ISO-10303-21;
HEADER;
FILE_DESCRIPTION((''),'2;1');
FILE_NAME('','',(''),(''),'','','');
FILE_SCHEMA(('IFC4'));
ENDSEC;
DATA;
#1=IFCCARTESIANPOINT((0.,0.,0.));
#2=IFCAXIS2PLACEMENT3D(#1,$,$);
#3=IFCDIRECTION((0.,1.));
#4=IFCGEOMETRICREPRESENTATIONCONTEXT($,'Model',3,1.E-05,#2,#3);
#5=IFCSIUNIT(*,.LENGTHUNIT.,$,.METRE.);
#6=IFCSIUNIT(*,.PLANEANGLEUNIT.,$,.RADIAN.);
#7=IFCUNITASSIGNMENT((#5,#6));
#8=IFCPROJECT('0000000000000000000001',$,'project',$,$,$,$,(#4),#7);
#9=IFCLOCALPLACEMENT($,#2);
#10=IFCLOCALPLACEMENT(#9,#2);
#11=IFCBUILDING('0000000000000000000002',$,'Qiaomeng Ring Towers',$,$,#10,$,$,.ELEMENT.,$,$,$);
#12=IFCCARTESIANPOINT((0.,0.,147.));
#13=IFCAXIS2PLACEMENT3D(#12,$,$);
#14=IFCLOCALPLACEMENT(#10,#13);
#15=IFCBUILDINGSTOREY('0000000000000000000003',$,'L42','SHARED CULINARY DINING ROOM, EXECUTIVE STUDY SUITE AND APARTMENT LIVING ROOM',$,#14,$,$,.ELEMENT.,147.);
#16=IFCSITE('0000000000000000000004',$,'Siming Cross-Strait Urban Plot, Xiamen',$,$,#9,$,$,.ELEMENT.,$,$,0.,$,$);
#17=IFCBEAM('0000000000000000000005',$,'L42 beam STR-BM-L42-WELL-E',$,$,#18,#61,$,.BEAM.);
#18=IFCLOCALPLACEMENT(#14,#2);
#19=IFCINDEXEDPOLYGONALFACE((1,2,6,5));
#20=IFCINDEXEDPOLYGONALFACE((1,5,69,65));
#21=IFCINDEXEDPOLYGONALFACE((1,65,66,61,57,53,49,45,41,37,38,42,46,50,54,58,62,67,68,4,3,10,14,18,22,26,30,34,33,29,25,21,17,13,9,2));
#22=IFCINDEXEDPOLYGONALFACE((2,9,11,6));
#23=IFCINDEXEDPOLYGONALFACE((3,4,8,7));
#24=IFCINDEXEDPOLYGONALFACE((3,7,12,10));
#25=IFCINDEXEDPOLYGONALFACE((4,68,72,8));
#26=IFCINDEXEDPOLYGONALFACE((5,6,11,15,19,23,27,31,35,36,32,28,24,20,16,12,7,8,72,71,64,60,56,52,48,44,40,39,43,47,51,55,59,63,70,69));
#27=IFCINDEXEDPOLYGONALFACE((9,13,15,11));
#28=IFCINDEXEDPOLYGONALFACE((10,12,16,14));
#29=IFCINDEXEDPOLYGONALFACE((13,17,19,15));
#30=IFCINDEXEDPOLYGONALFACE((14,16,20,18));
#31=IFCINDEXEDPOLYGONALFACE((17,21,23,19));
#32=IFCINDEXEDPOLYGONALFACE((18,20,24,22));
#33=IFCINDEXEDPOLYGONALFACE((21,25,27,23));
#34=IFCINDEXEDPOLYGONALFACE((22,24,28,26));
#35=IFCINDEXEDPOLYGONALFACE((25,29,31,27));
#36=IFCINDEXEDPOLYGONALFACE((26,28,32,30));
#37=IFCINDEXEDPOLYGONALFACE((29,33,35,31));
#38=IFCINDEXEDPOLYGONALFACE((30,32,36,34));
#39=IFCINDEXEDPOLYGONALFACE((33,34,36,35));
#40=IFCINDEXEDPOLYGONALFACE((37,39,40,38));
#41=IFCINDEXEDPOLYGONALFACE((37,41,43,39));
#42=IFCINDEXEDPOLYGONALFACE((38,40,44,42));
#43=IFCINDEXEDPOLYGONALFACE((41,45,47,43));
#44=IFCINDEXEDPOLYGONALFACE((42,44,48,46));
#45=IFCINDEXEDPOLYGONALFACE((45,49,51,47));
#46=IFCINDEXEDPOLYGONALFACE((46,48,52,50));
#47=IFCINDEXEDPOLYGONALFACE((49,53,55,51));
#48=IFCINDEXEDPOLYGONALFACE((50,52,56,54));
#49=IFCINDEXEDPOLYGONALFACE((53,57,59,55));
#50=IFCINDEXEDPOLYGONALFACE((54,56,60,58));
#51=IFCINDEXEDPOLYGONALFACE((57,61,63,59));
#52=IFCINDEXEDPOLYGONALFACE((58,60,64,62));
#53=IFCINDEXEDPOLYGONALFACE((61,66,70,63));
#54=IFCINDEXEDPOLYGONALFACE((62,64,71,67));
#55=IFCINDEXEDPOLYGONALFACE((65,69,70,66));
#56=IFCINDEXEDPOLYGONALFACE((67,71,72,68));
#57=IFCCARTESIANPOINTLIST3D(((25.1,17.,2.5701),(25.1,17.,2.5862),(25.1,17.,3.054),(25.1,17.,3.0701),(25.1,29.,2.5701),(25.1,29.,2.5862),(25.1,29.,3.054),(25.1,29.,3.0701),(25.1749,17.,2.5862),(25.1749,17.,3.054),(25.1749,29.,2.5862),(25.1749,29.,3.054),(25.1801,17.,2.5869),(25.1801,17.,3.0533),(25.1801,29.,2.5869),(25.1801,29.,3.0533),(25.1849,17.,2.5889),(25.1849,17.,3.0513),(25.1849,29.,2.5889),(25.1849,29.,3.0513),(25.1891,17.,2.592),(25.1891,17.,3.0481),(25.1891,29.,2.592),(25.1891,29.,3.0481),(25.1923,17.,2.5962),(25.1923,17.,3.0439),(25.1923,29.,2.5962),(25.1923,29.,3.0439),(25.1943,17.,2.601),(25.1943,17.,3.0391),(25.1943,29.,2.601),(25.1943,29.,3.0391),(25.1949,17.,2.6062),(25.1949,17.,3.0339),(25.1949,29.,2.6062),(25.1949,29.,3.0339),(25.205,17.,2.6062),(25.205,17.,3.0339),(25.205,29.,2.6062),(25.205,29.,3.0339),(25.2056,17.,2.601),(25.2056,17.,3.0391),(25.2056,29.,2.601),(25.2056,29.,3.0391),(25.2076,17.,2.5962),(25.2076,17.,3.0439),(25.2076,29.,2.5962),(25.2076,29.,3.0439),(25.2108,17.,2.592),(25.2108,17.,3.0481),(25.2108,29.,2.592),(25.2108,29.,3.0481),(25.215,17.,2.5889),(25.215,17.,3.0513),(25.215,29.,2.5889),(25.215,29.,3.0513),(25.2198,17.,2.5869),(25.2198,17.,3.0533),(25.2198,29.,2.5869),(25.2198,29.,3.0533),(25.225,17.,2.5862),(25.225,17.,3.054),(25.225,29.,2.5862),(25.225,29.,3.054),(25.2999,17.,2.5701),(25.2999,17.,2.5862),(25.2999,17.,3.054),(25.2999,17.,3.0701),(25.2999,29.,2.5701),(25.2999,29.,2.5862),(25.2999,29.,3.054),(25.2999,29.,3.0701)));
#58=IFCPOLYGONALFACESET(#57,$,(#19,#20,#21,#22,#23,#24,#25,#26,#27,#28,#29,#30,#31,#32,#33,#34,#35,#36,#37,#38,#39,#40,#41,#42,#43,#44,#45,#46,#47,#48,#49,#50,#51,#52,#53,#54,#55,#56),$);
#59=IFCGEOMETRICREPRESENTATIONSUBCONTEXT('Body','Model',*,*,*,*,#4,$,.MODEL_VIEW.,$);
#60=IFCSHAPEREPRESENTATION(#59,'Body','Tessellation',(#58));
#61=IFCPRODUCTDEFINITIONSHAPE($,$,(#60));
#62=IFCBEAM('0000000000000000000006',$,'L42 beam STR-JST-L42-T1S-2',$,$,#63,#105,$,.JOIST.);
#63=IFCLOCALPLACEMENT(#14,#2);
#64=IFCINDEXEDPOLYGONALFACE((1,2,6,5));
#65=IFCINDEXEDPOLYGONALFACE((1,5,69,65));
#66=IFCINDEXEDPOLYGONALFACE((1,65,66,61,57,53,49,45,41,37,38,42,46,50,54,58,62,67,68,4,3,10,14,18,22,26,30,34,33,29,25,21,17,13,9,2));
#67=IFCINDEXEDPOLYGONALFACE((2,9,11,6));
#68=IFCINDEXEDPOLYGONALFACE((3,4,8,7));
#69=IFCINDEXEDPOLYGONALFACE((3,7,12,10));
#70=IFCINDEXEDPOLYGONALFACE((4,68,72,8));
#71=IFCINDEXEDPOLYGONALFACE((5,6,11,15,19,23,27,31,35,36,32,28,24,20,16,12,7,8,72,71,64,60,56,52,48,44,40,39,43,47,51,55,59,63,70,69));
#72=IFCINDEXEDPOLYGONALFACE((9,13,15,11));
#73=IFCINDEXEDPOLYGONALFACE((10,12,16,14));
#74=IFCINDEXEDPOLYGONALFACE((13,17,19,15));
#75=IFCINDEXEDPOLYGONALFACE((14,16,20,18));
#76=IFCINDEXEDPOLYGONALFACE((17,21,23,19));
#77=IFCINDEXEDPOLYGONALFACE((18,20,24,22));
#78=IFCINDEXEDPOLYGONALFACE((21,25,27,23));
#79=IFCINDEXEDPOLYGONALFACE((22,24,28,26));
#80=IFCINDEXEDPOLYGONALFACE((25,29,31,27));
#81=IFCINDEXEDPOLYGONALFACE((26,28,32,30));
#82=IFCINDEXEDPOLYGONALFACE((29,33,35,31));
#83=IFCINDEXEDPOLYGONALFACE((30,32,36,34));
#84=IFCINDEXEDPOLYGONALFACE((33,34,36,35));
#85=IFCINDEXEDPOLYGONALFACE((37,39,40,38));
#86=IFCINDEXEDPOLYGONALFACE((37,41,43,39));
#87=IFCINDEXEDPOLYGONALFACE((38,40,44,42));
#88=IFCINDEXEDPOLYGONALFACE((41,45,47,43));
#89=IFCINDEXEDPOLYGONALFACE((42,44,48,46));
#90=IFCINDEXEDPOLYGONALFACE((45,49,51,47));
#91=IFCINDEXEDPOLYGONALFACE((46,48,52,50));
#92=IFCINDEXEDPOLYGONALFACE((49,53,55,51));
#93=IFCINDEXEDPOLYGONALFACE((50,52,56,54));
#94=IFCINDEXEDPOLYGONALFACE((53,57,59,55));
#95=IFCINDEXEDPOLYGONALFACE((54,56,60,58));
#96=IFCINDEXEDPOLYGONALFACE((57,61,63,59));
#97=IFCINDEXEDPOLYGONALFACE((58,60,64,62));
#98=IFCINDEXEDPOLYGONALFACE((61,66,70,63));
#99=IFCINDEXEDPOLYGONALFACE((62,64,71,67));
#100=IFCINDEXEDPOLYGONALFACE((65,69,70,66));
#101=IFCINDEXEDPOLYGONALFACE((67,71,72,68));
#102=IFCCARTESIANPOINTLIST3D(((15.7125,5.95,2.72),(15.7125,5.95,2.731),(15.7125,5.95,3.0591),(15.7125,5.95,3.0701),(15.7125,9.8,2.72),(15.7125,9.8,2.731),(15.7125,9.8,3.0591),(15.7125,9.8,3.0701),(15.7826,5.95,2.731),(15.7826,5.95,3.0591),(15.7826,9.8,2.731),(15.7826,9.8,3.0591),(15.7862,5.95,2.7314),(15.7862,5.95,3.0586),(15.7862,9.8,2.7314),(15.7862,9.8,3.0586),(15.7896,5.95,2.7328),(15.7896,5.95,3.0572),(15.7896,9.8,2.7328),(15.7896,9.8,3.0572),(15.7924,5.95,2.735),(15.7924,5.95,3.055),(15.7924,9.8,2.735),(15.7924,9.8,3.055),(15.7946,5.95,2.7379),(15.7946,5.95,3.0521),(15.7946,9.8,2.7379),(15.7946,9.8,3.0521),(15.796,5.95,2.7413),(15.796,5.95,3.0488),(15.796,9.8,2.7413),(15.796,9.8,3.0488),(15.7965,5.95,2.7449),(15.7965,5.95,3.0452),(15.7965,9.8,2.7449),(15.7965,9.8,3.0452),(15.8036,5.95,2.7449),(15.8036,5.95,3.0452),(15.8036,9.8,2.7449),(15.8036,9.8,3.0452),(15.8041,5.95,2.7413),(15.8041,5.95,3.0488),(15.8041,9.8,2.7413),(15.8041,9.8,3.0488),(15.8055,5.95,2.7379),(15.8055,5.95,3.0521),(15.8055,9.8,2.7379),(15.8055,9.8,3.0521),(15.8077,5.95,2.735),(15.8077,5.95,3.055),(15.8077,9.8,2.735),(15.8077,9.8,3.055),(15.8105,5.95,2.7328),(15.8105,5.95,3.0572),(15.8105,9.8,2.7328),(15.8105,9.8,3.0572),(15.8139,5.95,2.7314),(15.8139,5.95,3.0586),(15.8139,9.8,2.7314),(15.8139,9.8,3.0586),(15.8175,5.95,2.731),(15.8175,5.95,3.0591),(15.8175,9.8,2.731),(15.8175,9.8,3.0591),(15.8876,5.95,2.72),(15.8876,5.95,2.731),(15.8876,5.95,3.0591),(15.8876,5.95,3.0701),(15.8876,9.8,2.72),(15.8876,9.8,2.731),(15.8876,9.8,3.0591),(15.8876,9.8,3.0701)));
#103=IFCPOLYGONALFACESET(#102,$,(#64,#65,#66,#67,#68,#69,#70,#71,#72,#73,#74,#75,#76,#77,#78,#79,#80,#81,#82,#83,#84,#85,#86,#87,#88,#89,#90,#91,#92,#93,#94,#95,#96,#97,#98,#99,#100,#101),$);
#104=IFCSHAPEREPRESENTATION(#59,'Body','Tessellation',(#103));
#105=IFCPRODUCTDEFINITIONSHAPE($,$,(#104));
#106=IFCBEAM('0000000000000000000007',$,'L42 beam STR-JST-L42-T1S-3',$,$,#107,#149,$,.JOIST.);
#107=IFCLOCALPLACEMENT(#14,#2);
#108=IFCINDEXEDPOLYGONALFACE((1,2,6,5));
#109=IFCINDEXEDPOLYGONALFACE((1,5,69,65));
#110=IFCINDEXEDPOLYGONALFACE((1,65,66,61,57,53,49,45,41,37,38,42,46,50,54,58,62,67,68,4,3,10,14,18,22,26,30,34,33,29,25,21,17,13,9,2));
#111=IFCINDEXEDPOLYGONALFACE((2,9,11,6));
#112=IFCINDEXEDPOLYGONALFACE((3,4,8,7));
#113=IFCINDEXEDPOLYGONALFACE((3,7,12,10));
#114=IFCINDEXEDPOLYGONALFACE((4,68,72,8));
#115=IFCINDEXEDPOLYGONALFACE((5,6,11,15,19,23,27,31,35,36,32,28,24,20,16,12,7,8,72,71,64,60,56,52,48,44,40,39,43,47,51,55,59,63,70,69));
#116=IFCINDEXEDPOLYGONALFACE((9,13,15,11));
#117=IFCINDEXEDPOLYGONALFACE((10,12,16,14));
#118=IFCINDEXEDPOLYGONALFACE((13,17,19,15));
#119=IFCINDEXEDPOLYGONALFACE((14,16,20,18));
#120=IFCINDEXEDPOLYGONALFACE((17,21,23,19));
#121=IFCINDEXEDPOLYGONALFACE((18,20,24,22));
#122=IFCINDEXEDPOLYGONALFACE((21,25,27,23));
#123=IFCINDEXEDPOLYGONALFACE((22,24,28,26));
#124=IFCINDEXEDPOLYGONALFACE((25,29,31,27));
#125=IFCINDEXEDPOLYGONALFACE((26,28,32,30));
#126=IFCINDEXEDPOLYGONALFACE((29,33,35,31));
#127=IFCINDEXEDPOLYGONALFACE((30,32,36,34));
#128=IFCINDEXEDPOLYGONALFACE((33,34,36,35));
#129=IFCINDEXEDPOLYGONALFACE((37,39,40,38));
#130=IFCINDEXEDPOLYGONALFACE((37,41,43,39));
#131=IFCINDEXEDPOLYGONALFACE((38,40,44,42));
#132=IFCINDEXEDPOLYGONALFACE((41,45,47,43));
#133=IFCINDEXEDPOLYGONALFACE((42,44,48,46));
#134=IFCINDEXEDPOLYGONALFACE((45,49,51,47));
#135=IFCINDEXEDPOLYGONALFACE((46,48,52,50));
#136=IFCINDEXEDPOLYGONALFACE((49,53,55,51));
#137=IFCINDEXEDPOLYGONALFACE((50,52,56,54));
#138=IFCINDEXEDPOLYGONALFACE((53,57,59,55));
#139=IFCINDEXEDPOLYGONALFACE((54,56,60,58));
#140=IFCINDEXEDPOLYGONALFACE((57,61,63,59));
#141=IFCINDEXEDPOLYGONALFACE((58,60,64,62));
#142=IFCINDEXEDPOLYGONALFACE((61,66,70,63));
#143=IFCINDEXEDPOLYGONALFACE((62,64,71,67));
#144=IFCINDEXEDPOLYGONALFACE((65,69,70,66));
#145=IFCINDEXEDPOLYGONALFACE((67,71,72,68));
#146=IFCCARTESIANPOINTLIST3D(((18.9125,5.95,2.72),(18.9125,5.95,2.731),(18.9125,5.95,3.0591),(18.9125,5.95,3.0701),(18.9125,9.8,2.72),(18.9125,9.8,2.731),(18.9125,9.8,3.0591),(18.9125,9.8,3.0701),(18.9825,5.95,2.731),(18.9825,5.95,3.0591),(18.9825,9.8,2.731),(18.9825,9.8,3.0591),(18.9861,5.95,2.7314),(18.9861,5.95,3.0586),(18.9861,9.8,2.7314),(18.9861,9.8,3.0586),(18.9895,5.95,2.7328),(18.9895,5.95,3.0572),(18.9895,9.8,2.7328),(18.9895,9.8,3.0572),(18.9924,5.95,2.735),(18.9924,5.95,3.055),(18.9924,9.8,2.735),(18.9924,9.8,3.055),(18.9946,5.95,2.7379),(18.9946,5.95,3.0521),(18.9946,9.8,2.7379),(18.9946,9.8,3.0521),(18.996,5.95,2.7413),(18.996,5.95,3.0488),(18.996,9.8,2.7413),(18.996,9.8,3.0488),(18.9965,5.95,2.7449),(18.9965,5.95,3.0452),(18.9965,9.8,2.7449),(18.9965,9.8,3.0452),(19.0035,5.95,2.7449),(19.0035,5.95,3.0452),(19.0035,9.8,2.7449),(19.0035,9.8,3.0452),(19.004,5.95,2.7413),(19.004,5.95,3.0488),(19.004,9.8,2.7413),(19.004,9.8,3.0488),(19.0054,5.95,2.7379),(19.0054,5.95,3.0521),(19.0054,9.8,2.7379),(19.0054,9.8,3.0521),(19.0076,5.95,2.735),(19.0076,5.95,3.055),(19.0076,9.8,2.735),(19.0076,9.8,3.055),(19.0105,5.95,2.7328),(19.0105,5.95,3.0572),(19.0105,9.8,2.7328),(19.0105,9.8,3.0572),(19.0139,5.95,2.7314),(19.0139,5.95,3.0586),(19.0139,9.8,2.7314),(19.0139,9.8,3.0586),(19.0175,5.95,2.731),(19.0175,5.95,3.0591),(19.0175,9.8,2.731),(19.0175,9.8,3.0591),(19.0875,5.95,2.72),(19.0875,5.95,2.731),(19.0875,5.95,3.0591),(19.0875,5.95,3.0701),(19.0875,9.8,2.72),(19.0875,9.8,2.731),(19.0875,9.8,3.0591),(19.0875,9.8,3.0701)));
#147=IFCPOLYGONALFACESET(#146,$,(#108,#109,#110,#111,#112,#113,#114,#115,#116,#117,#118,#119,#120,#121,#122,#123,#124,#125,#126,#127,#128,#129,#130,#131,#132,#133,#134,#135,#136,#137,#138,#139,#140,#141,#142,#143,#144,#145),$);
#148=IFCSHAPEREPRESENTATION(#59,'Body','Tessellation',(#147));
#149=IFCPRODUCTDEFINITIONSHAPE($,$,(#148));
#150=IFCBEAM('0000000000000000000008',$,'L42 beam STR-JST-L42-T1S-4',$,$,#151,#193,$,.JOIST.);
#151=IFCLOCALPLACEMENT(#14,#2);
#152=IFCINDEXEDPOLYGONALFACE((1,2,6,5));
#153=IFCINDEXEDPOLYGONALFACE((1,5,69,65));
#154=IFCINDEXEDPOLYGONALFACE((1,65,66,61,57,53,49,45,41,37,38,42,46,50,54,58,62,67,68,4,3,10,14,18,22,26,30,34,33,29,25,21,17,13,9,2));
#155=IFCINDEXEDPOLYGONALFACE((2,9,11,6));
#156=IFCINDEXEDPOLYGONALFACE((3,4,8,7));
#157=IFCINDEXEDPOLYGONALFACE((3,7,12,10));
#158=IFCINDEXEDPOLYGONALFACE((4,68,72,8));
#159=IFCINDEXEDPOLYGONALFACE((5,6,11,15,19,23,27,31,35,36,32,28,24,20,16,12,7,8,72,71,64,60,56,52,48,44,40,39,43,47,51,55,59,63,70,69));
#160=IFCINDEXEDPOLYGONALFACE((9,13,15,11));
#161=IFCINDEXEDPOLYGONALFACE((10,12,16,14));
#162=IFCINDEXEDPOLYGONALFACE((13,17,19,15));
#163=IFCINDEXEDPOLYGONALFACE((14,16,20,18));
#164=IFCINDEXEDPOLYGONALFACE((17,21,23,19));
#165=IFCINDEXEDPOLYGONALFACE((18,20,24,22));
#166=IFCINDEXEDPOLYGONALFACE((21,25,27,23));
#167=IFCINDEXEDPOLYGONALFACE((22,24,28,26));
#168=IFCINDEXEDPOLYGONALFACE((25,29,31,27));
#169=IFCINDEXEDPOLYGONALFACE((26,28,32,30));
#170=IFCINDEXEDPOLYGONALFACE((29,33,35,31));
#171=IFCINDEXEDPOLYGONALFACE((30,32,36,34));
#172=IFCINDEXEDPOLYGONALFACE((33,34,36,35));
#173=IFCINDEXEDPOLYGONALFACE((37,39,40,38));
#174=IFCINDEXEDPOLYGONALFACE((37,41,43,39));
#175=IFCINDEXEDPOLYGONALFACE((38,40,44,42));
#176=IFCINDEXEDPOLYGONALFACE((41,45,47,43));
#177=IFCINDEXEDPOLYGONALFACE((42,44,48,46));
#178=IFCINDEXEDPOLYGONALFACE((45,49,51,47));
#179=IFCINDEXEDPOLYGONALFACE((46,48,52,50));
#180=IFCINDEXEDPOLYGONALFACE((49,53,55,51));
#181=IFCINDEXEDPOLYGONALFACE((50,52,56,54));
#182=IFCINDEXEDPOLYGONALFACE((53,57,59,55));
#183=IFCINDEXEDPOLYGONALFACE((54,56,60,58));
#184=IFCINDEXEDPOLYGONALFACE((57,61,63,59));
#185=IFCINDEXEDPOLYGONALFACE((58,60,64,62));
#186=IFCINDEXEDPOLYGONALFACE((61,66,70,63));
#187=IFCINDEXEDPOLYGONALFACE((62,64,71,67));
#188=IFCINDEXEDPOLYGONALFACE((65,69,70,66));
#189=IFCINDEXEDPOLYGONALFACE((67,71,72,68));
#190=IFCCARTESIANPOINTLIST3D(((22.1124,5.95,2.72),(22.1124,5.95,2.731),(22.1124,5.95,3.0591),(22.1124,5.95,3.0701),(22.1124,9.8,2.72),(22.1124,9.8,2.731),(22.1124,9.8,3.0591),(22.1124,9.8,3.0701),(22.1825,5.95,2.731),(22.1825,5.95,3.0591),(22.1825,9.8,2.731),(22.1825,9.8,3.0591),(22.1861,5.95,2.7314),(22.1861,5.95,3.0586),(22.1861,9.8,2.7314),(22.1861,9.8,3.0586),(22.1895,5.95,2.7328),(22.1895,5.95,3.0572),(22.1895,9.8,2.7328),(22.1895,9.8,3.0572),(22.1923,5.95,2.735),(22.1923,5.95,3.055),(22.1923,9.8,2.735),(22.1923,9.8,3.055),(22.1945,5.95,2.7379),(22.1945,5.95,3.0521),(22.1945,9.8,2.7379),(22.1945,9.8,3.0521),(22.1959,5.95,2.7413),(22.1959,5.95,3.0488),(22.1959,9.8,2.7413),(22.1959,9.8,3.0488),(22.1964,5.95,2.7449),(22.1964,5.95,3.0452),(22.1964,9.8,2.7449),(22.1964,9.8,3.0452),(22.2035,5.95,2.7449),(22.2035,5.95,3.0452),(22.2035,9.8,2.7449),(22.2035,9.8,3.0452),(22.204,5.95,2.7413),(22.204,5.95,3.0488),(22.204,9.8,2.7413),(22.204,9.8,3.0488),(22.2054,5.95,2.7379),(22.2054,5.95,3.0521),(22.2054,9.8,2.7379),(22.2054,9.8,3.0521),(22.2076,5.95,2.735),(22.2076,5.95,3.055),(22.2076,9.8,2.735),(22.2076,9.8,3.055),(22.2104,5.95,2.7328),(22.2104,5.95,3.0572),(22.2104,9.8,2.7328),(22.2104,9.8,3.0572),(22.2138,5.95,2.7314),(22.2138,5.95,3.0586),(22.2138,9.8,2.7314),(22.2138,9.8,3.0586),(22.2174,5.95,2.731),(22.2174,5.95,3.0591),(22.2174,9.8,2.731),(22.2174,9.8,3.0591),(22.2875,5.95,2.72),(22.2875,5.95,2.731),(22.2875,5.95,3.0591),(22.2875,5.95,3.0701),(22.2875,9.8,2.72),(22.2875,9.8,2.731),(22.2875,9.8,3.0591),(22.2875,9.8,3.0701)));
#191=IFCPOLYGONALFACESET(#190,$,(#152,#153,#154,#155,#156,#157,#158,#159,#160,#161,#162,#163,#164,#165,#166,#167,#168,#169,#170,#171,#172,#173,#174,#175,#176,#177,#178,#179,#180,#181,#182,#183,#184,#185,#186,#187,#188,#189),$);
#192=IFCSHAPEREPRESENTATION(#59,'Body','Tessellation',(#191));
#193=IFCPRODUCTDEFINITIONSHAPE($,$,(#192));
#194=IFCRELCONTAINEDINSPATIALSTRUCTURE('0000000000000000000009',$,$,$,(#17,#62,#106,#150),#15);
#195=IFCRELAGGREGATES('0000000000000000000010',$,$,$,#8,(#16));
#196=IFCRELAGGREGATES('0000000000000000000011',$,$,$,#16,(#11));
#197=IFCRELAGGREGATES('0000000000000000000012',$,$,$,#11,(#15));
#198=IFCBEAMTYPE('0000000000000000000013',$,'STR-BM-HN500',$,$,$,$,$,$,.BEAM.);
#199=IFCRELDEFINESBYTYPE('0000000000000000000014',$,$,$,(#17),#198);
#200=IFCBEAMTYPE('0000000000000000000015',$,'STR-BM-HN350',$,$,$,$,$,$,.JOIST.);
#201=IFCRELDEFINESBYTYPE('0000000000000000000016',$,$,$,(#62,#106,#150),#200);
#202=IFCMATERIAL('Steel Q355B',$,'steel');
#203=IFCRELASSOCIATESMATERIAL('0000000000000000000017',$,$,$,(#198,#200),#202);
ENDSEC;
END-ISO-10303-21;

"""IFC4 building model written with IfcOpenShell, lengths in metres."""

from ifc_helpers import new_model, si_unit, direction, frame, origin, origin_2d, place, context, subcontext, project, spatial, i_section, extrude, source, transform, mapped, material, material_profile, profile_set, type_object, element, save


model = new_model("IFC4")

# Units and contexts
model_context = context("Model", 3, precision=1e-05, world=origin(), true_north=direction((0.0, 1.0)))
body_context = subcontext(model_context, "Body", "Model", "MODEL_VIEW")
ifc_project = project(units=[si_unit("LENGTHUNIT", "METRE"), si_unit("PLANEANGLEUNIT", "RADIAN")], contexts=[model_context])

# Site, building, storey
site_placement = place(None, origin())
site = spatial("IfcSite", under=ifc_project, at=site_placement, Name="Siming Cross-Strait Urban Plot, Xiamen", CompositionType="ELEMENT", RefElevation=0.0)
building_placement = place(site_placement, origin())
building = spatial("IfcBuilding", under=site, at=building_placement, Name="Qiaomeng Ring Towers", CompositionType="ELEMENT")
storey_placement = place(building_placement, frame((0.0, 0.0, 147.0)))
storey = spatial("IfcBuildingStorey", under=building, at=storey_placement, Name="L42", Description="SHARED CULINARY DINING ROOM, EXECUTIVE STUDY SUITE AND APARTMENT LIVING ROOM", CompositionType="ELEMENT", Elevation=147.0)

# Beams
ifc_material_1 = material(Name="Steel Q355B", Category="steel")
ifc_material_profile_1 = material_profile(ifc_material_1, i_section(OverallWidth=0.2, OverallDepth=0.5, WebThickness=0.01, FlangeThickness=0.0161, FilletRadius=0.02, at=origin_2d()), Name="HN 500x200x10x16")
ifc_profile_set_1 = profile_set([ifc_material_profile_1], Name="Steel Q355B")
beam_type_1 = type_object("IfcBeamType", Name="STR-BM-HN500", PredefinedType="BEAM", material=ifc_profile_set_1)
shared_shape_1 = source(origin(), body_context, "Body", "SweptSolid", [
    extrude(i_section(OverallWidth=0.2, OverallDepth=0.5, WebThickness=0.01, FlangeThickness=0.0161, FilletRadius=0.02, at=origin_2d()), origin(), (0.0, 0.0, 1.0), 12.0),
])
beam_1_placement = place(storey_placement, frame((25.2, 17.0, 2.8201), z_axis=(0.0, 1.0, 0.0), x_axis=(-1.0, 0.0, 0.0)))
element("IfcBeam", 1, at=beam_1_placement, inside=storey, type_object=beam_type_1, Name="L42 beam STR-BM-L42-WELL-E", PredefinedType="BEAM", context=body_context, shape_type="MappedRepresentation", body=[
    mapped(shared_shape_1, transform((0.0, 0.0, 0.0), x_axis=(1.0, 0.0, 0.0), y_axis=(0.0, 1.0, 0.0), z_axis=(0.0, 0.0, 1.0), scale=1.0)),
])
ifc_material_profile_2 = material_profile(ifc_material_1, i_section(OverallWidth=0.175, OverallDepth=0.3501, WebThickness=0.0071, FlangeThickness=0.011, FilletRadius=0.0139, at=origin_2d()), Name="HN 350x175x7x11")
ifc_profile_set_2 = profile_set([ifc_material_profile_2], Name="Steel Q355B")
beam_type_2 = type_object("IfcBeamType", Name="STR-BM-HN350", PredefinedType="JOIST", material=ifc_profile_set_2)
shared_shape_2 = source(origin(), body_context, "Body", "SweptSolid", [
    extrude(i_section(OverallWidth=0.175, OverallDepth=0.3501, WebThickness=0.0071, FlangeThickness=0.011, FilletRadius=0.0139, at=origin_2d()), origin(), (0.0, 0.0, 1.0), 3.8501),
])
for number, where, z_axis, x_axis, name in (
    (2, (15.8, 5.95, 2.895), (0.0, 1.0, 0.0), (-1.0, 0.0, 0.0), "L42 beam STR-JST-L42-T1S-2"),
    (3, (19.0, 5.95, 2.895), (0.0, 1.0, 0.0), (-1.0, 0.0, 0.0), "L42 beam STR-JST-L42-T1S-3"),
    (4, (22.2, 5.95, 2.895), (0.0, 1.0, 0.0), (-1.0, 0.0, 0.0), "L42 beam STR-JST-L42-T1S-4"),
):
    element("IfcBeam", number, at=place(storey_placement, frame(where, z_axis=z_axis, x_axis=x_axis)), inside=storey, type_object=beam_type_2, Name=name, PredefinedType="JOIST", context=body_context, shape_type="MappedRepresentation", body=[
        mapped(shared_shape_2, transform((0.0, 0.0, 0.0), x_axis=(1.0, 0.0, 0.0), y_axis=(0.0, 1.0, 0.0), z_axis=(0.0, 0.0, 1.0), scale=1.0)),
    ])

save(model, "model.ifc")
